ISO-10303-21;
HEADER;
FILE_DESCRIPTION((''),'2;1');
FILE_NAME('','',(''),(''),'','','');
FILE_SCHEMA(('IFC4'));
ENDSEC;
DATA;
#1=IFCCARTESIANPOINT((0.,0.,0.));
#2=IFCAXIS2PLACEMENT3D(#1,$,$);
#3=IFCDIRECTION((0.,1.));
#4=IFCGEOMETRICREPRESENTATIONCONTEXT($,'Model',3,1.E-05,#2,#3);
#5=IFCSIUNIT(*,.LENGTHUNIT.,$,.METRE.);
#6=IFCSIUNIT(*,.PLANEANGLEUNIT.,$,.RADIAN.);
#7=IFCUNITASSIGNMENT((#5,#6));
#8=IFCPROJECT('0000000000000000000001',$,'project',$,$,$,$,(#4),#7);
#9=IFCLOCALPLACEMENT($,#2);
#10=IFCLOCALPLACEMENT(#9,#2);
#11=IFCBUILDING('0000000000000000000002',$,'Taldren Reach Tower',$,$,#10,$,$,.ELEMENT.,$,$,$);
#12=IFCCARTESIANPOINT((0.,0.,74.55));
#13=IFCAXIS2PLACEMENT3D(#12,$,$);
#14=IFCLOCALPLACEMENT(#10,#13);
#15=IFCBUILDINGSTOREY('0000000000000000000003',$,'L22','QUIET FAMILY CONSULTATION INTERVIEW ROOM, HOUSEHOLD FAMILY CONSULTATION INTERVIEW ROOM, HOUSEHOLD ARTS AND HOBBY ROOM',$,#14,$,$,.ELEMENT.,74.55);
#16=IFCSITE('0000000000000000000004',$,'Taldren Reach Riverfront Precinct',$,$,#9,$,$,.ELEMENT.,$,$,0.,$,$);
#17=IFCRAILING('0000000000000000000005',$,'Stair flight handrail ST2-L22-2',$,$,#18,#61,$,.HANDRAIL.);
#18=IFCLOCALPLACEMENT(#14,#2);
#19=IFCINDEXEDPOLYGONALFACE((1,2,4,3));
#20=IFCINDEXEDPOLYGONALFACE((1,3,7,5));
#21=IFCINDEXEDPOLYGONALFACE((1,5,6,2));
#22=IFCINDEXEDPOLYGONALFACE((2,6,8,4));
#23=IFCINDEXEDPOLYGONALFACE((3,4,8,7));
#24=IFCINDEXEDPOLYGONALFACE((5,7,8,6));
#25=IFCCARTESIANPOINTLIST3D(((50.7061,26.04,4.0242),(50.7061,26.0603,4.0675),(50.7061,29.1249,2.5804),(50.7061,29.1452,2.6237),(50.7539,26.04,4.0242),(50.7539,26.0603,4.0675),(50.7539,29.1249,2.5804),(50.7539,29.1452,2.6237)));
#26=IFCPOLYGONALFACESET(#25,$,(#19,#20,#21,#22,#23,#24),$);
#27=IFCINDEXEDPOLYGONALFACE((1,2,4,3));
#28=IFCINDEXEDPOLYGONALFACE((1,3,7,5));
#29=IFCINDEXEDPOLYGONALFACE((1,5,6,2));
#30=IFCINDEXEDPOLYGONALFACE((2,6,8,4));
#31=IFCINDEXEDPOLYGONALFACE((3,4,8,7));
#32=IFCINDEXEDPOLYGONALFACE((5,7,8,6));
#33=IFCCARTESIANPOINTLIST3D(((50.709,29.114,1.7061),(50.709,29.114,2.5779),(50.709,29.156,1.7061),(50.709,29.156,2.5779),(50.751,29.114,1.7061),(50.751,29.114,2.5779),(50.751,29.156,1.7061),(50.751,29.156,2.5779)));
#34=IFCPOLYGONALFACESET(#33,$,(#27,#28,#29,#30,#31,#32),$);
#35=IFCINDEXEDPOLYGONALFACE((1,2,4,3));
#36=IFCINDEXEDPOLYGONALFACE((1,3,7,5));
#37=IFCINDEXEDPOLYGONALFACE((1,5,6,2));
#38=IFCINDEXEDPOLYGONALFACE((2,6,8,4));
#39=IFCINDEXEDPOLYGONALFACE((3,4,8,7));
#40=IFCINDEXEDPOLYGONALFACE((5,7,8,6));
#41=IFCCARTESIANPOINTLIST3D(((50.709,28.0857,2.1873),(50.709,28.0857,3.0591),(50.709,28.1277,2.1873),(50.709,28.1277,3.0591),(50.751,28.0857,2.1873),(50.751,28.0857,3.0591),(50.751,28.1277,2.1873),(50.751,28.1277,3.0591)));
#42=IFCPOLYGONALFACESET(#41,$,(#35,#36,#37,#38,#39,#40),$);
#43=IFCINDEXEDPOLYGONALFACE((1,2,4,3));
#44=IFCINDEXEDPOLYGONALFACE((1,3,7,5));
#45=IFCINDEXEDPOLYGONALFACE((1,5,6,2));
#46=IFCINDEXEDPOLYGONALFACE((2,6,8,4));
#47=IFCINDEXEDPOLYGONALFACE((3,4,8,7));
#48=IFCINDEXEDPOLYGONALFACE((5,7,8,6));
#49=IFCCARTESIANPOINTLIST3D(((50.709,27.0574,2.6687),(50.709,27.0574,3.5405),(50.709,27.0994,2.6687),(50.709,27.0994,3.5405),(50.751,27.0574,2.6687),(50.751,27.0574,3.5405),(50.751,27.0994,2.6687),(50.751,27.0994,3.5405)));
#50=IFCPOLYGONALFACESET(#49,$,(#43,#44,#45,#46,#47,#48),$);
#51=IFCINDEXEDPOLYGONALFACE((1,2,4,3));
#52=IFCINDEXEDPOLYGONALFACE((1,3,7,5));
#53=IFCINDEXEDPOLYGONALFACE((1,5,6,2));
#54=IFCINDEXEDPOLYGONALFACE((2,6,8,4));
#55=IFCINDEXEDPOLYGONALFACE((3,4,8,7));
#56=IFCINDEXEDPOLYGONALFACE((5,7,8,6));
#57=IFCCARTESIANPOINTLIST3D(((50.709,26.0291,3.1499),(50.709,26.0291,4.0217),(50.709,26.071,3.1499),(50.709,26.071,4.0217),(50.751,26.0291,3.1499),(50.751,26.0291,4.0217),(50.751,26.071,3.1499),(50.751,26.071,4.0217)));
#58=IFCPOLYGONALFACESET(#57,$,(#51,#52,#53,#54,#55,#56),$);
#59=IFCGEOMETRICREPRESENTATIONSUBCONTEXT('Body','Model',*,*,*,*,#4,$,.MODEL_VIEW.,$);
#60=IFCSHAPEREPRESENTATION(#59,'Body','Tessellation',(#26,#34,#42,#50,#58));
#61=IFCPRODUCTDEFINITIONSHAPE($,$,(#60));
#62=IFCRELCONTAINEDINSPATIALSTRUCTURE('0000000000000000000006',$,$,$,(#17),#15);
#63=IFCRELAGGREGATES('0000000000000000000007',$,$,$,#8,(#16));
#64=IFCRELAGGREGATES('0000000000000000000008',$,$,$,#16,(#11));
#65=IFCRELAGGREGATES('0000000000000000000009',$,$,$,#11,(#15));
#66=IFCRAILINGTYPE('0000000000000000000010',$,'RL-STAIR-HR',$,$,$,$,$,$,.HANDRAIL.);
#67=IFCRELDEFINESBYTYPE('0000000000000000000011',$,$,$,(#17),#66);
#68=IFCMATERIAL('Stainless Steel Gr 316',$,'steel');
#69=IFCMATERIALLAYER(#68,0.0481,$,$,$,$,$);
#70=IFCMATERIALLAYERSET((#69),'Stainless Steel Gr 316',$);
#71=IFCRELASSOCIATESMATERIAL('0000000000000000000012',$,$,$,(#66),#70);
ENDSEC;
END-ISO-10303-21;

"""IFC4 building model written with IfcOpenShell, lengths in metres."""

from ifc_helpers import new_model, si_unit, direction, frame, origin, origin_2d, place, context, subcontext, project, spatial, rectangle, extrude, material, layer, layer_set, type_object, element, save


model = new_model("IFC4")

# Units and contexts
model_context = context("Model", 3, precision=1e-05, world=origin(), true_north=direction((0.0, 1.0)))
body_context = subcontext(model_context, "Body", "Model", "MODEL_VIEW")
ifc_project = project(units=[si_unit("LENGTHUNIT", "METRE"), si_unit("PLANEANGLEUNIT", "RADIAN")], contexts=[model_context])

# Site, building, storey
site_placement = place(None, origin())
site = spatial("IfcSite", under=ifc_project, at=site_placement, Name="Taldren Reach Riverfront Precinct", CompositionType="ELEMENT", RefElevation=0.0)
building_placement = place(site_placement, origin())
building = spatial("IfcBuilding", under=site, at=building_placement, Name="Taldren Reach Tower", CompositionType="ELEMENT")
storey_placement = place(building_placement, frame((0.0, 0.0, 74.55)))
storey = spatial("IfcBuildingStorey", under=building, at=storey_placement, Name="L22", Description="QUIET FAMILY CONSULTATION INTERVIEW ROOM, HOUSEHOLD FAMILY CONSULTATION INTERVIEW ROOM, HOUSEHOLD ARTS AND HOBBY ROOM", CompositionType="ELEMENT", Elevation=74.55)

# Railing
ifc_material_1 = material(Name="Stainless Steel Gr 316", Category="steel")
ifc_layer_1 = layer(ifc_material_1, 0.0481)
ifc_layer_set_1 = layer_set([ifc_layer_1], Name="Stainless Steel Gr 316")
railing_type = type_object("IfcRailingType", Name="RL-STAIR-HR", PredefinedType="HANDRAIL", material=ifc_layer_set_1)
railing_placement = place(storey_placement, frame((50.73, 29.135, 1.7061)))
element("IfcRailing", 1, at=railing_placement, inside=storey, type_object=railing_type, Name="Stair flight handrail ST2-L22-2", PredefinedType="HANDRAIL", context=body_context, shape_type="SweptSolid", body=[
    extrude(rectangle(XDim=0.0479, YDim=0.0479, at=origin_2d()), frame((0.0, 0.0, 0.896), z_axis=(0.0, -0.90571, 0.423898), x_axis=(1.0, 0.0, 0.0)), (0.0, 0.0, 1.0), 3.406),
    extrude(rectangle(XDim=0.042, YDim=0.042, at=origin_2d()), origin(), (0.0, 0.0, 1.0), 0.8718),
    extrude(rectangle(XDim=0.042, YDim=0.042, at=origin_2d()), frame((0.0, -1.0283, 0.4812)), (0.0, 0.0, 1.0), 0.8718),
    extrude(rectangle(XDim=0.042, YDim=0.042, at=origin_2d()), frame((0.0, -2.0566, 0.9626)), (0.0, 0.0, 1.0), 0.8718),
    extrude(rectangle(XDim=0.042, YDim=0.042, at=origin_2d()), frame((0.0, -3.085, 1.4438)), (0.0, 0.0, 1.0), 0.8718),
])

save(model, "model.ifc")
